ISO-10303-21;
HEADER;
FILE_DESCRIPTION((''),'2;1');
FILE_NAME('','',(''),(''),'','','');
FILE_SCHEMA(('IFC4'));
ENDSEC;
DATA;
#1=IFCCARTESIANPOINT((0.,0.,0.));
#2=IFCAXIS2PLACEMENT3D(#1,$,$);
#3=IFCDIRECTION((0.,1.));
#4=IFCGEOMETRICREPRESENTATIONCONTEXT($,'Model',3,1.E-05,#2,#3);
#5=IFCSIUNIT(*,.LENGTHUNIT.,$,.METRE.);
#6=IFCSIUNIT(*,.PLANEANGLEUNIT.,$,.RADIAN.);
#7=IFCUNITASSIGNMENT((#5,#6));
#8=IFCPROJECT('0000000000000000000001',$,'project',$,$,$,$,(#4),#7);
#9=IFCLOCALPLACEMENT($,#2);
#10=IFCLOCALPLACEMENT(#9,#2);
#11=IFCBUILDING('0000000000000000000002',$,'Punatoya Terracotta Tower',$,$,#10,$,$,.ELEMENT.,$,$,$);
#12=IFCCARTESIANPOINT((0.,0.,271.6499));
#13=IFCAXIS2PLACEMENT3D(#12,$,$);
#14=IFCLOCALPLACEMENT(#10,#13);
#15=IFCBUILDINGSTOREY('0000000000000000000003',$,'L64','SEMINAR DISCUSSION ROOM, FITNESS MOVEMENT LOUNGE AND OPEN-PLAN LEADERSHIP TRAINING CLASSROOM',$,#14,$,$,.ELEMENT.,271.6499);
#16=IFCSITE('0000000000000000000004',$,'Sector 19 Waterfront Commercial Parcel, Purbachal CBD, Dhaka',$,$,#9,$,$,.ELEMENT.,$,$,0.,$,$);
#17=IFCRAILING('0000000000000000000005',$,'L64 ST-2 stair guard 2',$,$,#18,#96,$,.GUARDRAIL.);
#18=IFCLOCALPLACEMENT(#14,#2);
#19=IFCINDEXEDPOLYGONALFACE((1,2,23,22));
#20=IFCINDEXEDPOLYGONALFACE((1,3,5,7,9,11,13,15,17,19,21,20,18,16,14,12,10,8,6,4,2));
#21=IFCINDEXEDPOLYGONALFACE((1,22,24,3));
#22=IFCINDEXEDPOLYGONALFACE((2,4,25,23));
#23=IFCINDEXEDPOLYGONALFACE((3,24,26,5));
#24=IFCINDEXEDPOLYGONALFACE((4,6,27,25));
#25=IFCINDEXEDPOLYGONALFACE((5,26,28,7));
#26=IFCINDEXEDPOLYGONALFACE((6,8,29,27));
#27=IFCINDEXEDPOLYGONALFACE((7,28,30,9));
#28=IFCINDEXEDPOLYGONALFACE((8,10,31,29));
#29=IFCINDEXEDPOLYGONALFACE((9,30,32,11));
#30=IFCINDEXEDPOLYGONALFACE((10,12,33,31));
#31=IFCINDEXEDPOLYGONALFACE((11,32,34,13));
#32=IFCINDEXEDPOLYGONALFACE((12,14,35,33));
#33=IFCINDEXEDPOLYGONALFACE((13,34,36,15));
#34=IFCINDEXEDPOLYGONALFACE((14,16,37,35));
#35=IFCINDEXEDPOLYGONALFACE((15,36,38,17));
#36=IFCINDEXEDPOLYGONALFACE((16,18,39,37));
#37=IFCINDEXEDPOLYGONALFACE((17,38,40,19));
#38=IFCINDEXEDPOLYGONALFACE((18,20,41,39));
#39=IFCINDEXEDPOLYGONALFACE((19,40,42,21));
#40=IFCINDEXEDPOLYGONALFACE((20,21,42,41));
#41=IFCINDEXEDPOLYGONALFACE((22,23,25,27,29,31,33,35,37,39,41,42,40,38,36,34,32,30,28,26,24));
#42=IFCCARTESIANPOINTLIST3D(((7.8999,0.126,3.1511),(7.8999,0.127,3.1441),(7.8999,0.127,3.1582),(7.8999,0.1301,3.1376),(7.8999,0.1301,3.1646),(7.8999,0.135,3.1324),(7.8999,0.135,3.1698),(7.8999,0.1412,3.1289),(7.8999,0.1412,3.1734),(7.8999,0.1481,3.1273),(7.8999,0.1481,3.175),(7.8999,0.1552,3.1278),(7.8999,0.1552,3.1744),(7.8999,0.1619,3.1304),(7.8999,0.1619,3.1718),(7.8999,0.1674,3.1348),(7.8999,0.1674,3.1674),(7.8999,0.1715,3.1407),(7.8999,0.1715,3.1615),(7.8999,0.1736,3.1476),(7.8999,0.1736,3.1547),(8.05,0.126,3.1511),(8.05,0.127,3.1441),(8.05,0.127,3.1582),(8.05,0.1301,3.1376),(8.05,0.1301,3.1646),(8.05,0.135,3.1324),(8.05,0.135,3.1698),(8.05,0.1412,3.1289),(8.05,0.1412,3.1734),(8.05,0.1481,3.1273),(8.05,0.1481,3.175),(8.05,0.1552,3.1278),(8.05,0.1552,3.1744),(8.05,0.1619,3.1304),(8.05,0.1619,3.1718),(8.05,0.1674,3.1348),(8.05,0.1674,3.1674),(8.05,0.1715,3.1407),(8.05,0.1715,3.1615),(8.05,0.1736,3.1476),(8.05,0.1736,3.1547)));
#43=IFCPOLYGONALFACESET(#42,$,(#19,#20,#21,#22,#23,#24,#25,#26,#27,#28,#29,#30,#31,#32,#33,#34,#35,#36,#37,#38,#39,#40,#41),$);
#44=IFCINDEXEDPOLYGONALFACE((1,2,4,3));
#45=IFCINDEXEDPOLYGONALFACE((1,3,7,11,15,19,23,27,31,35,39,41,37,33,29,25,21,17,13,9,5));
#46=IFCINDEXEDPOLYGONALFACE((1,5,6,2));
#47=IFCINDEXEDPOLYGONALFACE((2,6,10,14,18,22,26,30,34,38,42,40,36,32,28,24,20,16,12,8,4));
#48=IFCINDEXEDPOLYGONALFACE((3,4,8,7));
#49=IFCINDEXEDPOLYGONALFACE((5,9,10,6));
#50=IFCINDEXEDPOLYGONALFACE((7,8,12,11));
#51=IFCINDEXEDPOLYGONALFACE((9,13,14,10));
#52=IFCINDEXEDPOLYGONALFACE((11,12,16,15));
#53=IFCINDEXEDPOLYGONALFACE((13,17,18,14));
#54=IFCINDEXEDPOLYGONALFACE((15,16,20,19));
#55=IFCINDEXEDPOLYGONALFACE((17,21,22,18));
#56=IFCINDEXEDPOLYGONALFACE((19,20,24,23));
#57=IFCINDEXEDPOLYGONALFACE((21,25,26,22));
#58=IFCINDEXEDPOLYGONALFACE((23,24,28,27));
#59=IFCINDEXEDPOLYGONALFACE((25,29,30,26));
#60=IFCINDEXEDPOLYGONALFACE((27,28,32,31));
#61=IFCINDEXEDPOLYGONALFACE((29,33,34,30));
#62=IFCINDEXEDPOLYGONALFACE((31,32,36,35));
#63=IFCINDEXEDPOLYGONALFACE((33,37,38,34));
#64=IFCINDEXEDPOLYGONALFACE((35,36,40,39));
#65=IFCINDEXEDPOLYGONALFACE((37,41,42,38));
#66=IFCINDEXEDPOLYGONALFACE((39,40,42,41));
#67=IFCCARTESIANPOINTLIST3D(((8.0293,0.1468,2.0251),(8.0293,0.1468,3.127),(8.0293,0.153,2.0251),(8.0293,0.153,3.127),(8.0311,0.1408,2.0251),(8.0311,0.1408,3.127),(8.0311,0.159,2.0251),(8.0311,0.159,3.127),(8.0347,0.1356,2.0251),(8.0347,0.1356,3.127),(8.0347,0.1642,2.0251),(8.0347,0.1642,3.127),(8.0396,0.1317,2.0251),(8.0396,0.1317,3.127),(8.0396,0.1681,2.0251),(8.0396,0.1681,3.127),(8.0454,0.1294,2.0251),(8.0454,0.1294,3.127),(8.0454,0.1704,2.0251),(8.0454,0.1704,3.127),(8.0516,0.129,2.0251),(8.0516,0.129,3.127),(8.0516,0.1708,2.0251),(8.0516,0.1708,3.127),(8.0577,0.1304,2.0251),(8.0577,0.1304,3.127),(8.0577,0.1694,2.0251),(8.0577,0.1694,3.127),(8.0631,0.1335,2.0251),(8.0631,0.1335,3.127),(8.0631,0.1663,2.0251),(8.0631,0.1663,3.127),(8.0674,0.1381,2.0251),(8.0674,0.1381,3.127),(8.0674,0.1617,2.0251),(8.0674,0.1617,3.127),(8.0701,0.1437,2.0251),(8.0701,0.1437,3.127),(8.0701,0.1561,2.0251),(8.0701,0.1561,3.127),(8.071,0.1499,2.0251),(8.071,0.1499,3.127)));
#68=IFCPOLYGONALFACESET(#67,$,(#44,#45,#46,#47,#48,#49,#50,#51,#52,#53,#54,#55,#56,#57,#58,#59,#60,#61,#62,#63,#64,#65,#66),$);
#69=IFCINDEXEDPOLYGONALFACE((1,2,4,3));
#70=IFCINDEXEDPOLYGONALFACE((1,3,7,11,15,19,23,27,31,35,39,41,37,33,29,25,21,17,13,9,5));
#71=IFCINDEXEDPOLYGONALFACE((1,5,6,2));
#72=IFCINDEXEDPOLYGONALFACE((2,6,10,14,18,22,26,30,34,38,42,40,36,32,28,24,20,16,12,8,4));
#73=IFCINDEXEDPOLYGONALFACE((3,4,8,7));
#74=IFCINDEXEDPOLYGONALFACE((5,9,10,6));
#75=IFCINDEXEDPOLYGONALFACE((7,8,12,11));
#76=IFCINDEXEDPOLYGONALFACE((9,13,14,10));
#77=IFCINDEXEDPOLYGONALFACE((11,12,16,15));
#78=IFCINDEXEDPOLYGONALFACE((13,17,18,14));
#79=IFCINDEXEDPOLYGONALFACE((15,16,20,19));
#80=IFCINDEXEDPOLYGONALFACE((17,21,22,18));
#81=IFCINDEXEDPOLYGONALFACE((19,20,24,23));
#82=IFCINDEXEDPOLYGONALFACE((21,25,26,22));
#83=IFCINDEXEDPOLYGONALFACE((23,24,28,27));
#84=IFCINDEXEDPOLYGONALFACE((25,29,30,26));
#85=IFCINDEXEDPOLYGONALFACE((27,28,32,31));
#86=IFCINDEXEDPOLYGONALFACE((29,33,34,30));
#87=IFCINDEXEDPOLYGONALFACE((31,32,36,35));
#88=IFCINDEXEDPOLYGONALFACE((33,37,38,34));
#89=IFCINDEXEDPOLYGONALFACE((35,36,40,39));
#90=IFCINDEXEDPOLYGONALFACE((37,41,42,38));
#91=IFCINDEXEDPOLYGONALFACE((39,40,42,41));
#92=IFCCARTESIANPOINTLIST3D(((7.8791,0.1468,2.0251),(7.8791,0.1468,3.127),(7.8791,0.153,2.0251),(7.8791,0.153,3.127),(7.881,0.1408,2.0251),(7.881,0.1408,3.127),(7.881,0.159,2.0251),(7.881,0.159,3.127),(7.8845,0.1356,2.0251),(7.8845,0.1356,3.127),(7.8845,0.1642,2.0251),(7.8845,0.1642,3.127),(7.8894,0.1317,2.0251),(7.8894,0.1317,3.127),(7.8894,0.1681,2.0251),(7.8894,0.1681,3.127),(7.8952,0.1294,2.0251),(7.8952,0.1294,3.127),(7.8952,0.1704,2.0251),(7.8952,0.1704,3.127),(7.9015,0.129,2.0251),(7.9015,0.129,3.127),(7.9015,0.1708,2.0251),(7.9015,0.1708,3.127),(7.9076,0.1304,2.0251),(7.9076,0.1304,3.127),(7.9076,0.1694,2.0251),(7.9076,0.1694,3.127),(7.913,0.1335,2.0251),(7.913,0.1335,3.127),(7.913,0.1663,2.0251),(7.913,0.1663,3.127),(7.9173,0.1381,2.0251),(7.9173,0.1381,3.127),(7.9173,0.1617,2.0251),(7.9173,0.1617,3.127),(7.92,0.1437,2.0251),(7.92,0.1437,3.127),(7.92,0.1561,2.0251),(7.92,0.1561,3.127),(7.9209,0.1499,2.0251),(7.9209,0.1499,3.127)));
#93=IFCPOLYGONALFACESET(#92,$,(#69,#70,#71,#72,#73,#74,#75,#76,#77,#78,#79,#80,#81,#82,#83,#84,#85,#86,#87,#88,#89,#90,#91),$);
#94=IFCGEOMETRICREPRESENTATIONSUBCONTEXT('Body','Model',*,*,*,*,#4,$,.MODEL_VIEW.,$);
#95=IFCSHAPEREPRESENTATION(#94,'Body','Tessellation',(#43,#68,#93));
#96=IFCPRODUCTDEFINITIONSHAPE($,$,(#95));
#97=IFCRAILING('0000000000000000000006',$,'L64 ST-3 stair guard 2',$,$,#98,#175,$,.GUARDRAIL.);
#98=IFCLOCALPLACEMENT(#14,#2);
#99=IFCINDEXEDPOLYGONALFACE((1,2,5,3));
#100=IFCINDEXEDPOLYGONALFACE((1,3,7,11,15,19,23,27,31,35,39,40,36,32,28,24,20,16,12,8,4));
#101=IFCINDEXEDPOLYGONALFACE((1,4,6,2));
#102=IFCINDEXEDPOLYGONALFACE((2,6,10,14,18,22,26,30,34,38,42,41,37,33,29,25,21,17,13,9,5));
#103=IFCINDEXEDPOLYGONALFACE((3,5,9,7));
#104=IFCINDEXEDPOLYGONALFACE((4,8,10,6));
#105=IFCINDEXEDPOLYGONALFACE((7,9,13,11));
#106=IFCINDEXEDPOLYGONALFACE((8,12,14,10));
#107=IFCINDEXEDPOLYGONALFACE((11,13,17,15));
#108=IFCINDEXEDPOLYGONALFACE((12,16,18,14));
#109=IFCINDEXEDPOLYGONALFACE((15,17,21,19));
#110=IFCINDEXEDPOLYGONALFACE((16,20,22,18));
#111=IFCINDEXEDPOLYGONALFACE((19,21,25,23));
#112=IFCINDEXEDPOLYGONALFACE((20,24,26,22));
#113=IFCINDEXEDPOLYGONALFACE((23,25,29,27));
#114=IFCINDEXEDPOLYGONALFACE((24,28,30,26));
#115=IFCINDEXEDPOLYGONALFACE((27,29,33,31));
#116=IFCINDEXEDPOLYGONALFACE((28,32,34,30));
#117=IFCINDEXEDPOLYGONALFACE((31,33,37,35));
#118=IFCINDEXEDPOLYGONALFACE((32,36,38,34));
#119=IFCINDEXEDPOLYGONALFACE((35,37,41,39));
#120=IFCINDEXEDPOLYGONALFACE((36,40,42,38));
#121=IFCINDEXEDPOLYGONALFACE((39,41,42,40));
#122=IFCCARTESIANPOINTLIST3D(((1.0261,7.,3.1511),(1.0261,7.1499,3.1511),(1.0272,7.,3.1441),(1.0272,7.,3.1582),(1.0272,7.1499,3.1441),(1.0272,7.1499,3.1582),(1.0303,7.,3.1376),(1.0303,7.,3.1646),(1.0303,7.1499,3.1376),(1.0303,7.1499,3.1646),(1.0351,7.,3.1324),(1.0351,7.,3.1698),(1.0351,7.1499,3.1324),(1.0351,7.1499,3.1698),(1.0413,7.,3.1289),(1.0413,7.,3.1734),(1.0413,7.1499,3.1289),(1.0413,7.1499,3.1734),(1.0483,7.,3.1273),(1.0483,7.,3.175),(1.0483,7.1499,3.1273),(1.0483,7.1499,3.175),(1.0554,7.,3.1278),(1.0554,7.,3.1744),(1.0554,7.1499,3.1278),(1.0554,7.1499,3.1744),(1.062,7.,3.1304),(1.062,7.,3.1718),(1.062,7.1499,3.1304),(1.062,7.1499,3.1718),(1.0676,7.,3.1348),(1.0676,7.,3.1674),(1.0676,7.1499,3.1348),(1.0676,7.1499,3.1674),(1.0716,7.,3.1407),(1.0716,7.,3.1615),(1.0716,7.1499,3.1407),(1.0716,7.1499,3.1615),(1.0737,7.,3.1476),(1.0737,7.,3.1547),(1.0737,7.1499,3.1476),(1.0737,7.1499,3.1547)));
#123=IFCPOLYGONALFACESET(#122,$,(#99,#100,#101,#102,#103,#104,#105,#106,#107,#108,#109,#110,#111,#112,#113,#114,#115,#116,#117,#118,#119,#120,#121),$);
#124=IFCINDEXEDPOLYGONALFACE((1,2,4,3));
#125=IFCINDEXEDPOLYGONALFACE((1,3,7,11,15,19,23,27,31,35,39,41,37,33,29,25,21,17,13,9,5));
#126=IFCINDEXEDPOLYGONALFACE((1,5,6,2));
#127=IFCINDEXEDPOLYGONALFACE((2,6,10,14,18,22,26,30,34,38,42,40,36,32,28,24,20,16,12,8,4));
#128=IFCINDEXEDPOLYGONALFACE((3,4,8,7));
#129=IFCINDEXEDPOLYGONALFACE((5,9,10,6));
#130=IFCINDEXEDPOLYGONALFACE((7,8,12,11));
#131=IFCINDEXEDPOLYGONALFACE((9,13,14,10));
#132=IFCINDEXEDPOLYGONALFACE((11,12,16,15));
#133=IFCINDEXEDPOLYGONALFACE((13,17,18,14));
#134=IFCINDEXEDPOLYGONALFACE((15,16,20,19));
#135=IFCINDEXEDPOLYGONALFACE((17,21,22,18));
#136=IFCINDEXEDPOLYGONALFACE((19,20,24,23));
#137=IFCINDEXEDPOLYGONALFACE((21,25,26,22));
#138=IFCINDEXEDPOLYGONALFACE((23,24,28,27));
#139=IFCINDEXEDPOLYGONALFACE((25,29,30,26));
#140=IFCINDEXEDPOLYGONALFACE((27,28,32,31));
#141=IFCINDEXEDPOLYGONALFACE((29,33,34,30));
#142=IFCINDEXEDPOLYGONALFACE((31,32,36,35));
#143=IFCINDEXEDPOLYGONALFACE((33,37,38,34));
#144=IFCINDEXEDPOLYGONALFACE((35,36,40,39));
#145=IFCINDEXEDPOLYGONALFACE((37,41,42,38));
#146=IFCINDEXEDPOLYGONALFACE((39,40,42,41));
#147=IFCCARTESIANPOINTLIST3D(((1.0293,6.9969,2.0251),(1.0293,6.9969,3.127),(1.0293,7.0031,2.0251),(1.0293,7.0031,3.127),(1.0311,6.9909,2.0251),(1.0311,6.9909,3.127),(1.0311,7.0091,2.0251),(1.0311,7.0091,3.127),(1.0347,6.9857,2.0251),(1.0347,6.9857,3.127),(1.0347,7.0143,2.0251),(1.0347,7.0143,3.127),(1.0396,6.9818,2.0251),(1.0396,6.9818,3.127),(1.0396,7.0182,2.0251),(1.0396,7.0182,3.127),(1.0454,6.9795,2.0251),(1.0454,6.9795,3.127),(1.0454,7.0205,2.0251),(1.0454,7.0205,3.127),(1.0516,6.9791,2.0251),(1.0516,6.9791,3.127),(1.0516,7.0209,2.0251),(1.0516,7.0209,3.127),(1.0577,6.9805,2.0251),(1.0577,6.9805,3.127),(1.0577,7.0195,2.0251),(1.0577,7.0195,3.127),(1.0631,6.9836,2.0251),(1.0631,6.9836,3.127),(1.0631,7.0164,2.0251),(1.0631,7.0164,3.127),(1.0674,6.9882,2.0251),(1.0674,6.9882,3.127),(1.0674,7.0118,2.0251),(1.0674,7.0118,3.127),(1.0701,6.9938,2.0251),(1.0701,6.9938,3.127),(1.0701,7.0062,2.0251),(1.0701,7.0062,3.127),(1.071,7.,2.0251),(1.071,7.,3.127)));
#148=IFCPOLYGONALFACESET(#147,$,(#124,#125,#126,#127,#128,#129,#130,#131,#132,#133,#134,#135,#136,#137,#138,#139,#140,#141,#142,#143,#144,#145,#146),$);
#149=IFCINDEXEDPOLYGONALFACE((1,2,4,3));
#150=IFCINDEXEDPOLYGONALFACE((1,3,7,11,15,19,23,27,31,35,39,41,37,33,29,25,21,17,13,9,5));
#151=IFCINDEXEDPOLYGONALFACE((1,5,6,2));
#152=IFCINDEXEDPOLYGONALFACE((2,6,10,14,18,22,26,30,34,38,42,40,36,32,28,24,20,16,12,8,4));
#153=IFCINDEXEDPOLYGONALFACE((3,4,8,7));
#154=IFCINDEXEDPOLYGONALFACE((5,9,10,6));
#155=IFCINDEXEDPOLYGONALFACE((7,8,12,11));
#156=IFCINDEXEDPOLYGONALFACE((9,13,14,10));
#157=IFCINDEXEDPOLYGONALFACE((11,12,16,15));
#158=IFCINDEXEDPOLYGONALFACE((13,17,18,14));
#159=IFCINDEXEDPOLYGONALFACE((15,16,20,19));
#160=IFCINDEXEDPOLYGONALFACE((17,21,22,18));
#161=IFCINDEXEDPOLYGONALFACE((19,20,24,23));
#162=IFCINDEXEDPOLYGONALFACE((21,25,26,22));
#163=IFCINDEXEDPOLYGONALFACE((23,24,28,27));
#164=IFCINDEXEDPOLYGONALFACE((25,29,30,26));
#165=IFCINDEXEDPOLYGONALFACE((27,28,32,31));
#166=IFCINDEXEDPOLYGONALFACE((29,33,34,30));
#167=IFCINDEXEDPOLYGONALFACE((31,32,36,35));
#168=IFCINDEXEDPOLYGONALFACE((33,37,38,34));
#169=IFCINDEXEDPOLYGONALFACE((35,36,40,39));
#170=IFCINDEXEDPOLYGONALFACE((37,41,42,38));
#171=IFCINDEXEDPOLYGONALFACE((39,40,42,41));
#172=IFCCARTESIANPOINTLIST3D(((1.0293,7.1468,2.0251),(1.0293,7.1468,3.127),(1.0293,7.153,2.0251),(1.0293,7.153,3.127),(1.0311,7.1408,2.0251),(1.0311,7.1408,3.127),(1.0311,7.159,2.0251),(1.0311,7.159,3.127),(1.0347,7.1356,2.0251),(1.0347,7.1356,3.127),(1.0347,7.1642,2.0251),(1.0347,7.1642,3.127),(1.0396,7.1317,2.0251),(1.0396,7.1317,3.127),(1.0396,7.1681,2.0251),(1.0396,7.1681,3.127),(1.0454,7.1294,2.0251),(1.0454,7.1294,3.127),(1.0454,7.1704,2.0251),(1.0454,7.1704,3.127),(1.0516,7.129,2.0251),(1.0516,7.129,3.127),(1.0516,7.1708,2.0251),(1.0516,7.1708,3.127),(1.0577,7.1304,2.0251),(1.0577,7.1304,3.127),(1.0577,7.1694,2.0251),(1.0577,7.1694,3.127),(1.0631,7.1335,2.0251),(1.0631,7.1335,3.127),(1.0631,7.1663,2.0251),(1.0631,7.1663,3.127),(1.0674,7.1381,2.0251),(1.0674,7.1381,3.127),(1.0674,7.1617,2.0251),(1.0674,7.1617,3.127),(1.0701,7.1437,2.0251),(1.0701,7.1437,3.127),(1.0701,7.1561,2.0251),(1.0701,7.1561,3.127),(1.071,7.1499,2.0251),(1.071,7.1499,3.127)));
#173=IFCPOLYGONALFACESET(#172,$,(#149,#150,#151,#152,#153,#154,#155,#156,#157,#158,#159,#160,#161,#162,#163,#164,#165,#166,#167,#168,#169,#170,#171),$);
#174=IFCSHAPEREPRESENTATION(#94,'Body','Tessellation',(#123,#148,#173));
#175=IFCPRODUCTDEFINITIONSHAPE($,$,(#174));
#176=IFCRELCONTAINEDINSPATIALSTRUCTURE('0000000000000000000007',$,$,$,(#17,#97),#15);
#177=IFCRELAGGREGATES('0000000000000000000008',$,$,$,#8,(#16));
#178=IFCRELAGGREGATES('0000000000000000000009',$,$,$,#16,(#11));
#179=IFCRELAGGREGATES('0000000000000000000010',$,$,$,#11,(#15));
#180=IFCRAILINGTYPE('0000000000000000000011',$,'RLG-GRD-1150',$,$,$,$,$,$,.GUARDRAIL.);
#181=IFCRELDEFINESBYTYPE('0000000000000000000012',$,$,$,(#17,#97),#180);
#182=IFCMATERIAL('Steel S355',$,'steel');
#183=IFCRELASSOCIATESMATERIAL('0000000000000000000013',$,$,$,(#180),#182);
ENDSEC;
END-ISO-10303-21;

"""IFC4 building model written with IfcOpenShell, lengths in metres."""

from ifc_helpers import new_model, si_unit, direction, frame, origin, origin_2d, place, context, subcontext, project, spatial, circle, extrude, material, type_object, element, save


model = new_model("IFC4")

# Units and contexts
model_context = context("Model", 3, precision=1e-05, world=origin(), true_north=direction((0.0, 1.0)))
body_context = subcontext(model_context, "Body", "Model", "MODEL_VIEW")
ifc_project = project(units=[si_unit("LENGTHUNIT", "METRE"), si_unit("PLANEANGLEUNIT", "RADIAN")], contexts=[model_context])

# Site, building, storey
site_placement = place(None, origin())
site = spatial("IfcSite", under=ifc_project, at=site_placement, Name="Sector 19 Waterfront Commercial Parcel, Purbachal CBD, Dhaka", CompositionType="ELEMENT", RefElevation=0.0)
building_placement = place(site_placement, origin())
building = spatial("IfcBuilding", under=site, at=building_placement, Name="Punatoya Terracotta Tower", CompositionType="ELEMENT")
storey_placement = place(building_placement, frame((0.0, 0.0, 271.6499)))
storey = spatial("IfcBuildingStorey", under=building, at=storey_placement, Name="L64", Description="SEMINAR DISCUSSION ROOM, FITNESS MOVEMENT LOUNGE AND OPEN-PLAN LEADERSHIP TRAINING CLASSROOM", CompositionType="ELEMENT", Elevation=271.6499)

# Shared definitions
ifc_material_1 = material(Name="Steel S355", Category="steel")

# Railings
railing_type_1 = type_object("IfcRailingType", Name="RLG-GRD-1150", PredefinedType="GUARDRAIL", material=ifc_material_1)
railing_1_placement = place(storey_placement, frame((8.05, 0.1499, 2.0251)))
element("IfcRailing", 1, at=railing_1_placement, inside=storey, type_object=railing_type_1, Name="L64 ST-2 stair guard 2", PredefinedType="GUARDRAIL", context=body_context, shape_type="SweptSolid", body=[
    extrude(circle(Radius=0.0239, at=origin_2d()), frame((0.0, 0.0, 1.126), z_axis=(-1.0, 0.0, 0.0), x_axis=(0.0, -1.0, 0.0)), (0.0, 0.0, 1.0), 0.1501),
    extrude(circle(Radius=0.021, at=origin_2d()), origin(), (0.0, 0.0, 1.0), 1.1018),
    extrude(circle(Radius=0.021, at=origin_2d()), frame((-0.1501, 0.0, 0.0)), (0.0, 0.0, 1.0), 1.1018),
])
railing_2_placement = place(storey_placement, frame((1.05, 7.0, 2.0251)))
element("IfcRailing", 2, at=railing_2_placement, inside=storey, type_object=railing_type_1, Name="L64 ST-3 stair guard 2", PredefinedType="GUARDRAIL", context=body_context, shape_type="SweptSolid", body=[
    extrude(circle(Radius=0.0239, at=origin_2d()), frame((0.0, 0.0, 1.126), z_axis=(0.0, 1.0, 0.0), x_axis=(-1.0, 0.0, 0.0)), (0.0, 0.0, 1.0), 0.1499),
    extrude(circle(Radius=0.021, at=origin_2d()), origin(), (0.0, 0.0, 1.0), 1.1018),
    extrude(circle(Radius=0.021, at=origin_2d()), frame((0.0, 0.1499, 0.0)), (0.0, 0.0, 1.0), 1.1018),
])

save(model, "model.ifc")
